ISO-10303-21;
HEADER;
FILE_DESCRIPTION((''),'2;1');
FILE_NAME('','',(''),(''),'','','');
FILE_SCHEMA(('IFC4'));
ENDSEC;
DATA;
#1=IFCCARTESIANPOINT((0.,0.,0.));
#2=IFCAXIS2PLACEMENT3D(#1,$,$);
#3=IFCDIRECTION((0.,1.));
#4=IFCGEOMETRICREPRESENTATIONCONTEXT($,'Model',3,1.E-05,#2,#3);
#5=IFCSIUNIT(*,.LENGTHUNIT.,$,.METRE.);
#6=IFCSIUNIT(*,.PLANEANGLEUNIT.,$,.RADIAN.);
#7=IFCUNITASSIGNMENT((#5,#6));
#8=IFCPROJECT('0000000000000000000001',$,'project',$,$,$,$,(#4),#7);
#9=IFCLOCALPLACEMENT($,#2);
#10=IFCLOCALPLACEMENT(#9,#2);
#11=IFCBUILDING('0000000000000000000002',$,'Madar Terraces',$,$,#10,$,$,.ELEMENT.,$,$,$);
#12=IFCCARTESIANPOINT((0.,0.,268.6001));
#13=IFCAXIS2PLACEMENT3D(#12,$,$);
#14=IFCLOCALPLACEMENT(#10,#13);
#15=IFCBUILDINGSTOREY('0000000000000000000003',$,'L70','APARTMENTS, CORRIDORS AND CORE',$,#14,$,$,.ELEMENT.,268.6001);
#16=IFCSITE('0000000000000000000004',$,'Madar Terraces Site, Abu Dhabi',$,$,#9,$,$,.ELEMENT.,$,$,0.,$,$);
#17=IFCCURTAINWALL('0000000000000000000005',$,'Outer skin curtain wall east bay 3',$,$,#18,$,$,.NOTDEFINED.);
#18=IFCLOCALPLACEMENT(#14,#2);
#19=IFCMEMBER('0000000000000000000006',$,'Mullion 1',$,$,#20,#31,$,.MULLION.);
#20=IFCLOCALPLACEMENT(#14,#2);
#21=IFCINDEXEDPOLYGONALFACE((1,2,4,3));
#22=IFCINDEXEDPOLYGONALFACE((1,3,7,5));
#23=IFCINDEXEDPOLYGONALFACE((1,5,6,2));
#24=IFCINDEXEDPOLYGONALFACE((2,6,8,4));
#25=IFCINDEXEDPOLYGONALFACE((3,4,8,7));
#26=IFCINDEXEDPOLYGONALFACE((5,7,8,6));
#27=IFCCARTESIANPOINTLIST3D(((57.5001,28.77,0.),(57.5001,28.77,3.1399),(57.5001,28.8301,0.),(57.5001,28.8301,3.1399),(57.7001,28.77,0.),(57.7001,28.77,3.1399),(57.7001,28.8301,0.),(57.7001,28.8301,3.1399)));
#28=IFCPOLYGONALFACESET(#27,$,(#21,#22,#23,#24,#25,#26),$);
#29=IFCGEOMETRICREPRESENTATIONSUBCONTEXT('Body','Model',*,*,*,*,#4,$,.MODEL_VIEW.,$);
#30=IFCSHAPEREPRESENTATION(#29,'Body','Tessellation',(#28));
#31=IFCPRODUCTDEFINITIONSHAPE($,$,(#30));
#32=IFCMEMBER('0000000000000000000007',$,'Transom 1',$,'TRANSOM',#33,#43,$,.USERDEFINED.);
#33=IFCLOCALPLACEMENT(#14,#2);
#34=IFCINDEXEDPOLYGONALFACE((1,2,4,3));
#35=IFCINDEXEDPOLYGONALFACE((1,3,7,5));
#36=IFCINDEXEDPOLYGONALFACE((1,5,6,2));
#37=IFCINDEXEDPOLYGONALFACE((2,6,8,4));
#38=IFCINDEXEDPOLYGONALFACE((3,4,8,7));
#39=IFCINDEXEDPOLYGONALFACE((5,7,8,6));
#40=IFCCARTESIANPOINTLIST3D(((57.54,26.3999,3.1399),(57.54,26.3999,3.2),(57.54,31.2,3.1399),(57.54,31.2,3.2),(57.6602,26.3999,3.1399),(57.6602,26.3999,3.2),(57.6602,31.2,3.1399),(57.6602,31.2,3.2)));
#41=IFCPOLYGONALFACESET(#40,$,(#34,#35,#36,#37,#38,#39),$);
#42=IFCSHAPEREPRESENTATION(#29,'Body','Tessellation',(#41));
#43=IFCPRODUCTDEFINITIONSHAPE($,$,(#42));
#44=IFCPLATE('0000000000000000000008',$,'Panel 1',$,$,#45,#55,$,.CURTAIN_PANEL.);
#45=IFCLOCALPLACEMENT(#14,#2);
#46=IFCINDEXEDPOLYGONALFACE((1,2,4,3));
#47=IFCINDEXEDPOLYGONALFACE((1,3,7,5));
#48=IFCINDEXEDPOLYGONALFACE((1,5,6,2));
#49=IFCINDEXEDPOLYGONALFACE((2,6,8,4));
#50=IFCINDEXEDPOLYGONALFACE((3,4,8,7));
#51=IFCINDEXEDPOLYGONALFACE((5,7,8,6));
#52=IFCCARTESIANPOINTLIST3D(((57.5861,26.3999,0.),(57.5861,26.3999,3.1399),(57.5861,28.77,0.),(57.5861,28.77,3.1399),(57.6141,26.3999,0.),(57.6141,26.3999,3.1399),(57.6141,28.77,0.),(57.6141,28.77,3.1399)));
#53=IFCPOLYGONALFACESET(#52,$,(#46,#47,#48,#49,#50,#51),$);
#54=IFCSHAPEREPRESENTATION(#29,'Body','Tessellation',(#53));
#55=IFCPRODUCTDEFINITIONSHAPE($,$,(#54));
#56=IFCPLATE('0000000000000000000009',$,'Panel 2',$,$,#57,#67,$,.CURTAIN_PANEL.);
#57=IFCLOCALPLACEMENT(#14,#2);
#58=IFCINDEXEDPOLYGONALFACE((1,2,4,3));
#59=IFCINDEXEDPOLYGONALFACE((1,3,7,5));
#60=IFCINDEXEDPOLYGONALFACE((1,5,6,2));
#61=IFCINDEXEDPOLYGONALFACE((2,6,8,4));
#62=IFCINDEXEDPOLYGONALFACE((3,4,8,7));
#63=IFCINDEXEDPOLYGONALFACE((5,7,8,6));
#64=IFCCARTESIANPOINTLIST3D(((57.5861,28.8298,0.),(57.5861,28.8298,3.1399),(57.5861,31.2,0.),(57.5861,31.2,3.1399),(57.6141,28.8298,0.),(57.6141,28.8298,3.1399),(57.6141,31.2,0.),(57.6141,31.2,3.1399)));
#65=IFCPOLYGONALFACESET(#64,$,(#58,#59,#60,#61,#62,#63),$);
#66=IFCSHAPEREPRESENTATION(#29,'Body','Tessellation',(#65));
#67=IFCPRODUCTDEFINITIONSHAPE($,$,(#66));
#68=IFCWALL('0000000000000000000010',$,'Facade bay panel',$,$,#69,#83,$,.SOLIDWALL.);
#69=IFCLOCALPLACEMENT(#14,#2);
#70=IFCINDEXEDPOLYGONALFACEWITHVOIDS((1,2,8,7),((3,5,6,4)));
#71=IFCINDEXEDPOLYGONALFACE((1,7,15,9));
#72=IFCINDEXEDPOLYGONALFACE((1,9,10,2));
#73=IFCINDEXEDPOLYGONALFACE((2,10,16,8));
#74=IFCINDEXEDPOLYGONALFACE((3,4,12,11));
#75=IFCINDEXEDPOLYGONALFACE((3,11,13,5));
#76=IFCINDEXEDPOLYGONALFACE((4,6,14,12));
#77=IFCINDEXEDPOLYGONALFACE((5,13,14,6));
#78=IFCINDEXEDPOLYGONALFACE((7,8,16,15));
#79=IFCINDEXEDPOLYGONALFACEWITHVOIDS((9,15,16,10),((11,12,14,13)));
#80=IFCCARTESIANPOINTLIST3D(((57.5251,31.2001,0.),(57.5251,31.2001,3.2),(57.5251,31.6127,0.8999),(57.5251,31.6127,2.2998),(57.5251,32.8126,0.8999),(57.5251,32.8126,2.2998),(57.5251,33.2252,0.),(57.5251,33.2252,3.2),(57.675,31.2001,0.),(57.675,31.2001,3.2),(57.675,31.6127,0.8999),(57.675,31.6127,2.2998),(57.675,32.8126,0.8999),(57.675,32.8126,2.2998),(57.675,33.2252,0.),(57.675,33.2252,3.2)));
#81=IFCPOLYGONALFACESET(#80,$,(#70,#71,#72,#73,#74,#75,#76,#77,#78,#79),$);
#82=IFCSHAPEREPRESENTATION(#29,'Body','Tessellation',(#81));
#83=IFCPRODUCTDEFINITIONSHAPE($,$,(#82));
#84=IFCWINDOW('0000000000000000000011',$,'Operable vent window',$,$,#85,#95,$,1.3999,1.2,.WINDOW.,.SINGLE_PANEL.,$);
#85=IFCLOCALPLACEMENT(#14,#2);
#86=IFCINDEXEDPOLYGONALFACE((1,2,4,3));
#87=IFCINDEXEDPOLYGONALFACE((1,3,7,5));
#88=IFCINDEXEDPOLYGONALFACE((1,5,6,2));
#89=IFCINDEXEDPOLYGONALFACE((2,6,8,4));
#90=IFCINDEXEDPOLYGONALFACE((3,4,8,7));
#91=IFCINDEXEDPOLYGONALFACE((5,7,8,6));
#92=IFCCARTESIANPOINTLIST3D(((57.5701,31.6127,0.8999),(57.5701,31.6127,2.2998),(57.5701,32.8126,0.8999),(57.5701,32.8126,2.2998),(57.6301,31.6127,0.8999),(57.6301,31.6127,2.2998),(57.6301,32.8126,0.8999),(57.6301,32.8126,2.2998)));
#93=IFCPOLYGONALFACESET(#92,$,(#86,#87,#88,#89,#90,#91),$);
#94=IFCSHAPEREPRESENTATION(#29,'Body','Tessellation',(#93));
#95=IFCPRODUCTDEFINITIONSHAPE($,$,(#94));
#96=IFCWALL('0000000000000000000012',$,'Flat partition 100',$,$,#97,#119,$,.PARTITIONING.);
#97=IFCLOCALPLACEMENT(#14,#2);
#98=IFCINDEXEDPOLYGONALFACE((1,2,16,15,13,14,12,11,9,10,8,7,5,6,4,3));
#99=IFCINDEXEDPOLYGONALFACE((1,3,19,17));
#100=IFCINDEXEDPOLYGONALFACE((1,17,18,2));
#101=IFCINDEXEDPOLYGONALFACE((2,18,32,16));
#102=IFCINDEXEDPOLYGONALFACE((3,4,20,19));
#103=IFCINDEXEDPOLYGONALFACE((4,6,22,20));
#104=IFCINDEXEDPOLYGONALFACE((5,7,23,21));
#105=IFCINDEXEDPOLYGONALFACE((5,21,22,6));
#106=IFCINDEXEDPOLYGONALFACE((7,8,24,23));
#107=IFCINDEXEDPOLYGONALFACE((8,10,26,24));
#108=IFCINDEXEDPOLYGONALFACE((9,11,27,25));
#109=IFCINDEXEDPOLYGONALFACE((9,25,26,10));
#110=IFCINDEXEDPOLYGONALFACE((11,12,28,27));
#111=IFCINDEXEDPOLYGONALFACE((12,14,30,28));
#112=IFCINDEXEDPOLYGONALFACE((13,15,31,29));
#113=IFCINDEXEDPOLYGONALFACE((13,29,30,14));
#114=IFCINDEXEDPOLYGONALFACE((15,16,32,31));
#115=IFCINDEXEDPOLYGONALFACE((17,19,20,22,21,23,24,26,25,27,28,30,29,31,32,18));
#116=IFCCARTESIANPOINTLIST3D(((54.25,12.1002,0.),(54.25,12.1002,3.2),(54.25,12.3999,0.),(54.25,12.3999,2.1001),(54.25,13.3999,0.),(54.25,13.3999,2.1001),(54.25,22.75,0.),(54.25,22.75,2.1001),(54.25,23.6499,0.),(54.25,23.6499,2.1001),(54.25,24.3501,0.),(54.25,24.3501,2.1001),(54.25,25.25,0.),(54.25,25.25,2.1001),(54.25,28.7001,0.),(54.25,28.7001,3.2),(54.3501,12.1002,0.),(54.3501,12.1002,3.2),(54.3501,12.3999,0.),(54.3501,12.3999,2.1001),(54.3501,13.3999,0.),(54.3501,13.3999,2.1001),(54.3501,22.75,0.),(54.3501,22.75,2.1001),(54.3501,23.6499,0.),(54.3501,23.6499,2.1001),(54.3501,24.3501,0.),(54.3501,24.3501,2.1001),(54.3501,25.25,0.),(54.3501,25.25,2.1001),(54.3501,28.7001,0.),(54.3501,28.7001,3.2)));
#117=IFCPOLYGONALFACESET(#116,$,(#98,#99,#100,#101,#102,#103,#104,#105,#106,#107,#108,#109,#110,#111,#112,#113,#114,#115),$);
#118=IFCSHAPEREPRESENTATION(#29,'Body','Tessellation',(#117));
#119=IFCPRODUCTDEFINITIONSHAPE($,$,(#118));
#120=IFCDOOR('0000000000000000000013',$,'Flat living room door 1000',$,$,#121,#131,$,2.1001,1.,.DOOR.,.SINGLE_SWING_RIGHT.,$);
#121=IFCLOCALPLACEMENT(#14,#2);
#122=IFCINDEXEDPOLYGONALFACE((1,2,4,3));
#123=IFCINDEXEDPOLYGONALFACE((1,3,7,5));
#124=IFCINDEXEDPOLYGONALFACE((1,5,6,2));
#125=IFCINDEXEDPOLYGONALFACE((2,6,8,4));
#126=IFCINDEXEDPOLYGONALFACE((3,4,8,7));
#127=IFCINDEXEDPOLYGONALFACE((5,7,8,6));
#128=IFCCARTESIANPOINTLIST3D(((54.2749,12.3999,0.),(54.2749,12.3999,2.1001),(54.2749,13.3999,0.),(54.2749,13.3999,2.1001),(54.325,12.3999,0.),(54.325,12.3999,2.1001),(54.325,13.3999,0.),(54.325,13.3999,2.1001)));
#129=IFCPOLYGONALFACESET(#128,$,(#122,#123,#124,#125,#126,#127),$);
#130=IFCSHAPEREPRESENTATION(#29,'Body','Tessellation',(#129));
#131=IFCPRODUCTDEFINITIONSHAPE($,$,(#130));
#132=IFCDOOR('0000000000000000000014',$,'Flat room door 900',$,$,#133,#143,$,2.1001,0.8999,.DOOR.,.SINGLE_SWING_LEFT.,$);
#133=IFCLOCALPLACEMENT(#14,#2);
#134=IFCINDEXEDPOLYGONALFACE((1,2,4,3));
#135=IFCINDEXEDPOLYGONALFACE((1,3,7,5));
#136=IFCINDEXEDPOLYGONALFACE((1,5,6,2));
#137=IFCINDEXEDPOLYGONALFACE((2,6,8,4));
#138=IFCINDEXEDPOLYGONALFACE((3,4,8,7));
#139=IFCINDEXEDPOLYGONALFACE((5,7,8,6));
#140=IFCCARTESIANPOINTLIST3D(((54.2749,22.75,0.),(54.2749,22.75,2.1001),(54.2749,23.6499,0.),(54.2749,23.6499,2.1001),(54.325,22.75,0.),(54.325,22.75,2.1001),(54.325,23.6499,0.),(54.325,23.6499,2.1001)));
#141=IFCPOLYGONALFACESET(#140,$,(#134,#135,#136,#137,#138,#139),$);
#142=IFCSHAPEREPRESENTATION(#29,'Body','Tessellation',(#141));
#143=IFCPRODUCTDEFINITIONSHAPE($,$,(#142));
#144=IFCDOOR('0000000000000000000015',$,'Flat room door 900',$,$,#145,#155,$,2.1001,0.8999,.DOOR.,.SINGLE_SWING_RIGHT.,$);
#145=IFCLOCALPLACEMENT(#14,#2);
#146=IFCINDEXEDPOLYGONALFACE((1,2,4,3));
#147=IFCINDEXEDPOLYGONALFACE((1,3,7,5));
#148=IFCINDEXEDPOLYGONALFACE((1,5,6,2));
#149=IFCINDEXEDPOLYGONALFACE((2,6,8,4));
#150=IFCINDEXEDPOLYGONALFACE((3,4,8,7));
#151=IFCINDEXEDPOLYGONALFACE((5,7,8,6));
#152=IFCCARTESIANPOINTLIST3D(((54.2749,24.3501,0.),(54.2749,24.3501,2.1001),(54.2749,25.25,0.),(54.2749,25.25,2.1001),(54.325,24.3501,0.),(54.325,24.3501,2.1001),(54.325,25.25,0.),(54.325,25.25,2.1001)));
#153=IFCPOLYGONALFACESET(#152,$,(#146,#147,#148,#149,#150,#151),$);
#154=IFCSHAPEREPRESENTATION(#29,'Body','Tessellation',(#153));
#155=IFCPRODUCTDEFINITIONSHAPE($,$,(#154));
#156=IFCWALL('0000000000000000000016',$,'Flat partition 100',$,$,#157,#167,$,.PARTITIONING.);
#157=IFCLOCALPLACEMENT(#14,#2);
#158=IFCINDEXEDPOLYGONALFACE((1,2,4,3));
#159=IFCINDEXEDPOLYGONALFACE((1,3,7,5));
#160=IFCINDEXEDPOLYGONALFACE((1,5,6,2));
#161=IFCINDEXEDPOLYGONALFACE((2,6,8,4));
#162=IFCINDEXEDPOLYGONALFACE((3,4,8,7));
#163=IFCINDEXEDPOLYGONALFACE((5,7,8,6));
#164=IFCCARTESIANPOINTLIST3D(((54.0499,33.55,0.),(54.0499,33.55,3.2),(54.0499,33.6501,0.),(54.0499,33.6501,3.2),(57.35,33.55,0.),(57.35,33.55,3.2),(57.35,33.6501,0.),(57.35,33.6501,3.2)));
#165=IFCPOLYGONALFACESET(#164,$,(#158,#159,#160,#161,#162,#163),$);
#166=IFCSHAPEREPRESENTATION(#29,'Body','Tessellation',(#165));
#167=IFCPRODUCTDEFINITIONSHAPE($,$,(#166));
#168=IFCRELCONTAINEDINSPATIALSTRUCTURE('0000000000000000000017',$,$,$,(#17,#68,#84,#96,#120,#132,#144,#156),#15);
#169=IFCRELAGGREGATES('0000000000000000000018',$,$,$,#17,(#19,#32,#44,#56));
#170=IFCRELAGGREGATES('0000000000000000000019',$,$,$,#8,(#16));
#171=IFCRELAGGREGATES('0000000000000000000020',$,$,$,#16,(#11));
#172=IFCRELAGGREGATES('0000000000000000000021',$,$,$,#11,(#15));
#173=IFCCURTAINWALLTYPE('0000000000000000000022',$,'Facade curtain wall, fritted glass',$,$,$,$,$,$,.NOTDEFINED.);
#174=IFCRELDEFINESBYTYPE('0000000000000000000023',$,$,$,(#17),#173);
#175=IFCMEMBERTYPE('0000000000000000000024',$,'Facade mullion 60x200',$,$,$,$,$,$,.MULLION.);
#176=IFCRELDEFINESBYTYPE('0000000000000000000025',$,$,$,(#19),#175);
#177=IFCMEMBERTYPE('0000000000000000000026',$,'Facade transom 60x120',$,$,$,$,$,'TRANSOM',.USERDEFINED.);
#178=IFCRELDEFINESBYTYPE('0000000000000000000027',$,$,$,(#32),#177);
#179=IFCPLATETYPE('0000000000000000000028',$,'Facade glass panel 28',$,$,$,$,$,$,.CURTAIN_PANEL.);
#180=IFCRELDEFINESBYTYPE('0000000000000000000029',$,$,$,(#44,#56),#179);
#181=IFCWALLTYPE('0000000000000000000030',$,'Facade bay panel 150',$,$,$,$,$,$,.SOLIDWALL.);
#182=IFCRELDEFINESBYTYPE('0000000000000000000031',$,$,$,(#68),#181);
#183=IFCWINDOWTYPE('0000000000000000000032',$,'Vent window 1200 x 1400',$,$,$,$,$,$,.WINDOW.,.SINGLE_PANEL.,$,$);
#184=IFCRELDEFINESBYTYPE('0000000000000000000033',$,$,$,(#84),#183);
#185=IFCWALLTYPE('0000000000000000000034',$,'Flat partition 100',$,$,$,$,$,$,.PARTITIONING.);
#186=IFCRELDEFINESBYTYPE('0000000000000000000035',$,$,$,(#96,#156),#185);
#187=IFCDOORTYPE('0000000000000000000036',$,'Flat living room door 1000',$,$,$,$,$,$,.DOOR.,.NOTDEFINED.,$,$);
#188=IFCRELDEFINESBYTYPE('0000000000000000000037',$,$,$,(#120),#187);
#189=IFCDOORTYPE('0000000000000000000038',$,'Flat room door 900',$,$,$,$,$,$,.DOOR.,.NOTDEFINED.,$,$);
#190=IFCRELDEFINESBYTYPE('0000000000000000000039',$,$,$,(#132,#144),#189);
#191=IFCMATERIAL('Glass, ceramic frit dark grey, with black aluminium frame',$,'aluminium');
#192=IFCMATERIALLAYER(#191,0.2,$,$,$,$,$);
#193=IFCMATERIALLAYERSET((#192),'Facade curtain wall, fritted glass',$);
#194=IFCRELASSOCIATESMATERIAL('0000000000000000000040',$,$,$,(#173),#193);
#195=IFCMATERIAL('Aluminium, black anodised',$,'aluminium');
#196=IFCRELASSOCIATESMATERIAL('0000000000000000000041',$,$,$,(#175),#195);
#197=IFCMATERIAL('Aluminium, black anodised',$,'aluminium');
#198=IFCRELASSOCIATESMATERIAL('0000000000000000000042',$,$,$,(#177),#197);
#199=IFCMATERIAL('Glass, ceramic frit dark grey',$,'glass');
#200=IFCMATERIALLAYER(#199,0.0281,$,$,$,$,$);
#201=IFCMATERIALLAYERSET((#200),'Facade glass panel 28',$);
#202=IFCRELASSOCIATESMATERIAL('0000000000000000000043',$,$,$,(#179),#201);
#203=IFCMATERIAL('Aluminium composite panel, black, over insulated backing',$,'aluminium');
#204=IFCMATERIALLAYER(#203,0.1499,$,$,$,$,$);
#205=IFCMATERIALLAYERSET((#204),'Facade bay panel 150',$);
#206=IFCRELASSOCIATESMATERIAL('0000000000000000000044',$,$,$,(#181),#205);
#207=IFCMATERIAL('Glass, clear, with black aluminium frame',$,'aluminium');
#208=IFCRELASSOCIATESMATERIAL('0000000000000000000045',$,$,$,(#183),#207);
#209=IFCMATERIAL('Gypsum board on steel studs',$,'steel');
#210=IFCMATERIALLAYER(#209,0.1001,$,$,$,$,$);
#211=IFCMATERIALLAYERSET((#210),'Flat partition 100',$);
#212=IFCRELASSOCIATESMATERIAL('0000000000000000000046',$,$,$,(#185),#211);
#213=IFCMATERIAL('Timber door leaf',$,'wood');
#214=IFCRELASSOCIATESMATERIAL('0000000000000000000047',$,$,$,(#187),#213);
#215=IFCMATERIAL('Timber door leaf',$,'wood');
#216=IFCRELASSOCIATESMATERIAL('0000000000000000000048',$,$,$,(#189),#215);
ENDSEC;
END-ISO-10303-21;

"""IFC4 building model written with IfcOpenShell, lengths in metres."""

from ifc_helpers import new_model, si_unit, direction, frame, frame_2d, origin, origin_2d, place, context, subcontext, project, spatial, rectangle, extrude, material, layer, layer_set, material_profile, profile_set, type_object, element, fill, aggregate, save


model = new_model("IFC4")

# Units and contexts
model_context = context("Model", 3, precision=1e-05, world=origin(), true_north=direction((0.0, 1.0)))
body_context = subcontext(model_context, "Body", "Model", "MODEL_VIEW")
ifc_project = project(units=[si_unit("LENGTHUNIT", "METRE"), si_unit("PLANEANGLEUNIT", "RADIAN")], contexts=[model_context])

# Site, building, storey
site_placement = place(None, origin())
site = spatial("IfcSite", under=ifc_project, at=site_placement, Name="Madar Terraces Site, Abu Dhabi", CompositionType="ELEMENT", RefElevation=0.0)
building_placement = place(site_placement, origin())
building = spatial("IfcBuilding", under=site, at=building_placement, Name="Madar Terraces", CompositionType="ELEMENT")
storey_placement = place(building_placement, frame((0.0, 0.0, 268.6001)))
storey = spatial("IfcBuildingStorey", under=building, at=storey_placement, Name="L70", Description="APARTMENTS, CORRIDORS AND CORE", CompositionType="ELEMENT", Elevation=268.6001)

# Curtain wall, members, plates
ifc_material_1 = material(Name="Glass, ceramic frit dark grey, with black aluminium frame", Category="aluminium")
ifc_layer_1 = layer(ifc_material_1, 0.2)
ifc_layer_set_1 = layer_set([ifc_layer_1], Name="Facade curtain wall, fritted glass")
curtain_wall_type = type_object("IfcCurtainWallType", Name="Facade curtain wall, fritted glass", PredefinedType="NOTDEFINED", material=ifc_layer_set_1)
curtain_wall_placement = place(storey_placement, origin())
curtain_wall = element("IfcCurtainWall", 1, at=curtain_wall_placement, inside=storey, type_object=curtain_wall_type, Name="Outer skin curtain wall east bay 3", PredefinedType="NOTDEFINED")
ifc_material_2 = material(Name="Aluminium, black anodised", Category="aluminium")
ifc_material_profile_1 = material_profile(ifc_material_2, rectangle(XDim=0.2, YDim=0.0601, at=origin_2d()), Name="Facade mullion 60x200")
ifc_profile_set_1 = profile_set([ifc_material_profile_1], Name="Aluminium, black anodised")
member_type_1 = type_object("IfcMemberType", Name="Facade mullion 60x200", PredefinedType="MULLION", material=ifc_profile_set_1)
member_1_placement = place(storey_placement, frame((57.6001, 28.8, 0.0), z_axis=(0.0, 0.0, 1.0), x_axis=(-1.0, 0.0, 0.0)))
member_1 = element("IfcMember", 2, at=member_1_placement, type_object=member_type_1, Name="Mullion 1", PredefinedType="MULLION", context=body_context, shape_type="SweptSolid", body=[
    extrude(rectangle(XDim=0.2, YDim=0.0601, at=origin_2d()), origin(), (0.0, 0.0, 1.0), 3.1399),
])
ifc_material_3 = material(Name="Aluminium, black anodised", Category="aluminium")
ifc_material_profile_2 = material_profile(ifc_material_3, rectangle(XDim=0.1201, YDim=0.0601, at=origin_2d()), Name="Facade transom 60x120")
ifc_profile_set_2 = profile_set([ifc_material_profile_2], Name="Aluminium, black anodised")
member_type_2 = type_object("IfcMemberType", Name="Facade transom 60x120", ElementType="TRANSOM", PredefinedType="USERDEFINED", material=ifc_profile_set_2)
member_2_placement = place(storey_placement, frame((57.6001, 26.3999, 3.1699), z_axis=(0.0, 1.0, 0.0), x_axis=(-1.0, 0.0, 0.0)))
member_2 = element("IfcMember", 3, at=member_2_placement, type_object=member_type_2, Name="Transom 1", ObjectType="TRANSOM", PredefinedType="USERDEFINED", context=body_context, shape_type="SweptSolid", body=[
    extrude(rectangle(XDim=0.1201, YDim=0.0601, at=origin_2d()), origin(), (0.0, 0.0, 1.0), 4.8),
])
ifc_material_4 = material(Name="Glass, ceramic frit dark grey", Category="glass")
ifc_layer_2 = layer(ifc_material_4, 0.0281)
ifc_layer_set_2 = layer_set([ifc_layer_2], Name="Facade glass panel 28")
plate_type = type_object("IfcPlateType", Name="Facade glass panel 28", PredefinedType="CURTAIN_PANEL", material=ifc_layer_set_2)
plate_1_placement = place(storey_placement, frame((57.6001, 27.585, 0.0), z_axis=(0.0, 0.0, 1.0), x_axis=(0.0, 1.0, 0.0)))
plate_1 = element("IfcPlate", 4, at=plate_1_placement, type_object=plate_type, Name="Panel 1", PredefinedType="CURTAIN_PANEL", context=body_context, shape_type="SweptSolid", body=[
    extrude(rectangle(XDim=2.3701, YDim=0.0281, at=origin_2d()), origin(), (0.0, 0.0, 1.0), 3.1399),
])
plate_2_placement = place(storey_placement, frame((57.6001, 30.0149, 0.0), z_axis=(0.0, 0.0, 1.0), x_axis=(0.0, 1.0, 0.0)))
plate_2 = element("IfcPlate", 5, at=plate_2_placement, type_object=plate_type, Name="Panel 2", PredefinedType="CURTAIN_PANEL", context=body_context, shape_type="SweptSolid", body=[
    extrude(rectangle(XDim=2.3701, YDim=0.0281, at=origin_2d()), origin(), (0.0, 0.0, 1.0), 3.1399),
])
aggregate(curtain_wall, [member_1, member_2, plate_1, plate_2])

# Wall, opening, window
ifc_material_5 = material(Name="Aluminium composite panel, black, over insulated backing", Category="aluminium")
ifc_layer_3 = layer(ifc_material_5, 0.1499)
ifc_layer_set_3 = layer_set([ifc_layer_3], Name="Facade bay panel 150")
wall_type_1 = type_object("IfcWallType", Name="Facade bay panel 150", PredefinedType="SOLIDWALL", material=ifc_layer_set_3)
wall_1_placement = place(storey_placement, frame((57.6001, 31.2, 0.0), z_axis=(0.0, 0.0, 1.0), x_axis=(0.0, 1.0, 0.0)))
wall_1 = element("IfcWall", 6, at=wall_1_placement, inside=storey, type_object=wall_type_1, Name="Facade bay panel", PredefinedType="SOLIDWALL", context=body_context, shape_type="SweptSolid", body=[
    extrude(rectangle(XDim=2.0251, YDim=0.1499, at=frame_2d((1.0127, 0.0))), origin(), (0.0, 0.0, 1.0), 3.2),
])
opening_1_placement = place(wall_1_placement, frame((0.4126, 0.0, 0.8999)))
opening_1 = element("IfcOpeningElement", 7, at=opening_1_placement, cuts=wall_1, PredefinedType="OPENING", context=body_context, shape_type="SweptSolid", body=[
    extrude(rectangle(XDim=1.2, YDim=1.3999, at=frame_2d((0.6001, 0.7))), frame((0.0, 0.085, 0.0), z_axis=(0.0, -1.0, 0.0), x_axis=(1.0, 0.0, 0.0)), (0.0, 0.0, 1.0), 0.1699),
])
ifc_material_6 = material(Name="Glass, clear, with black aluminium frame", Category="aluminium")
window_type = type_object("IfcWindowType", Name="Vent window 1200 x 1400", PartitioningType="SINGLE_PANEL", PredefinedType="WINDOW", material=ifc_material_6)
window_placement = place(opening_1_placement, origin())
window = element("IfcWindow", 8, at=window_placement, inside=storey, type_object=window_type, Name="Operable vent window", OverallHeight=1.3999, OverallWidth=1.2, PartitioningType="SINGLE_PANEL", PredefinedType="WINDOW", context=body_context, shape_type="SweptSolid", body=[
    extrude(rectangle(XDim=1.2, YDim=1.3999, at=frame_2d((0.6001, 0.7))), frame((0.0, 0.03, 0.0), z_axis=(0.0, -1.0, 0.0), x_axis=(1.0, 0.0, 0.0)), (0.0, 0.0, 1.0), 0.0601),
])
fill(opening_1, window)

# Wall, openings, doors
ifc_material_7 = material(Name="Gypsum board on steel studs", Category="steel")
ifc_layer_4 = layer(ifc_material_7, 0.1001)
ifc_layer_set_4 = layer_set([ifc_layer_4], Name="Flat partition 100")
wall_type_2 = type_object("IfcWallType", Name="Flat partition 100", PredefinedType="PARTITIONING", material=ifc_layer_set_4)
wall_2_placement = place(storey_placement, frame((54.3, 28.7, 0.0), z_axis=(0.0, 0.0, 1.0), x_axis=(0.0, -1.0, 0.0)))
wall_2 = element("IfcWall", 9, at=wall_2_placement, inside=storey, type_object=wall_type_2, Name="Flat partition 100", PredefinedType="PARTITIONING", context=body_context, shape_type="SweptSolid", body=[
    extrude(rectangle(XDim=16.5999, YDim=0.1001, at=frame_2d((8.2998, 0.0))), origin(), (0.0, 0.0, 1.0), 3.2),
])
opening_2_placement = place(wall_2_placement, frame((15.3, 0.0, 0.0)))
opening_2 = element("IfcOpeningElement", 10, at=opening_2_placement, cuts=wall_2, PredefinedType="OPENING", context=body_context, shape_type="SweptSolid", body=[
    extrude(rectangle(XDim=1.0, YDim=2.1001, at=frame_2d((0.5, 1.05))), frame((0.0, 0.0601, 0.0), z_axis=(0.0, -1.0, 0.0), x_axis=(1.0, 0.0, 0.0)), (0.0, 0.0, 1.0), 0.1201),
])
opening_3_placement = place(wall_2_placement, frame((5.05, 0.0, 0.0)))
opening_3 = element("IfcOpeningElement", 11, at=opening_3_placement, cuts=wall_2, PredefinedType="OPENING", context=body_context, shape_type="SweptSolid", body=[
    extrude(rectangle(XDim=0.8999, YDim=2.1001, at=frame_2d((0.45, 1.05))), frame((0.0, 0.0601, 0.0), z_axis=(0.0, -1.0, 0.0), x_axis=(1.0, 0.0, 0.0)), (0.0, 0.0, 1.0), 0.1201),
])
opening_4_placement = place(wall_2_placement, frame((3.45, 0.0, 0.0)))
opening_4 = element("IfcOpeningElement", 12, at=opening_4_placement, cuts=wall_2, PredefinedType="OPENING", context=body_context, shape_type="SweptSolid", body=[
    extrude(rectangle(XDim=0.8999, YDim=2.1001, at=frame_2d((0.45, 1.05))), frame((0.0, 0.0601, 0.0), z_axis=(0.0, -1.0, 0.0), x_axis=(1.0, 0.0, 0.0)), (0.0, 0.0, 1.0), 0.1201),
])
ifc_material_8 = material(Name="Timber door leaf", Category="wood")
door_type_1 = type_object("IfcDoorType", Name="Flat living room door 1000", OperationType="NOTDEFINED", PredefinedType="DOOR", material=ifc_material_8)
door_1_placement = place(opening_2_placement, origin())
door_1 = element("IfcDoor", 13, at=door_1_placement, inside=storey, type_object=door_type_1, Name="Flat living room door 1000", OperationType="SINGLE_SWING_RIGHT", OverallHeight=2.1001, OverallWidth=1.0, PredefinedType="DOOR", context=body_context, shape_type="SweptSolid", body=[
    extrude(rectangle(XDim=1.0, YDim=2.1001, at=frame_2d((0.5, 1.05))), frame((0.0, 0.0249, 0.0), z_axis=(0.0, -1.0, 0.0), x_axis=(1.0, 0.0, 0.0)), (0.0, 0.0, 1.0), 0.05),
])
fill(opening_2, door_1)
ifc_material_9 = material(Name="Timber door leaf", Category="wood")
door_type_2 = type_object("IfcDoorType", Name="Flat room door 900", OperationType="NOTDEFINED", PredefinedType="DOOR", material=ifc_material_9)
door_2_placement = place(opening_3_placement, origin())
door_2 = element("IfcDoor", 14, at=door_2_placement, inside=storey, type_object=door_type_2, Name="Flat room door 900", OperationType="SINGLE_SWING_LEFT", OverallHeight=2.1001, OverallWidth=0.8999, PredefinedType="DOOR", context=body_context, shape_type="SweptSolid", body=[
    extrude(rectangle(XDim=0.8999, YDim=2.1001, at=frame_2d((0.45, 1.05))), frame((0.0, 0.0249, 0.0), z_axis=(0.0, -1.0, 0.0), x_axis=(1.0, 0.0, 0.0)), (0.0, 0.0, 1.0), 0.05),
])
fill(opening_3, door_2)
door_3_placement = place(opening_4_placement, origin())
door_3 = element("IfcDoor", 15, at=door_3_placement, inside=storey, type_object=door_type_2, Name="Flat room door 900", OperationType="SINGLE_SWING_RIGHT", OverallHeight=2.1001, OverallWidth=0.8999, PredefinedType="DOOR", context=body_context, shape_type="SweptSolid", body=[
    extrude(rectangle(XDim=0.8999, YDim=2.1001, at=frame_2d((0.45, 1.05))), frame((0.0, 0.0249, 0.0), z_axis=(0.0, -1.0, 0.0), x_axis=(1.0, 0.0, 0.0)), (0.0, 0.0, 1.0), 0.05),
])
fill(opening_4, door_3)

# Wall
wall_3_placement = place(storey_placement, frame((54.05, 33.6001, 0.0), z_axis=(0.0, 0.0, 1.0), x_axis=(1.0, 0.0, 0.0)))
element("IfcWall", 16, at=wall_3_placement, inside=storey, type_object=wall_type_2, Name="Flat partition 100", PredefinedType="PARTITIONING", context=body_context, shape_type="SweptSolid", body=[
    extrude(rectangle(XDim=3.3, YDim=0.1001, at=frame_2d((1.6499, 0.0))), origin(), (0.0, 0.0, 1.0), 3.2),
])

save(model, "model.ifc")
